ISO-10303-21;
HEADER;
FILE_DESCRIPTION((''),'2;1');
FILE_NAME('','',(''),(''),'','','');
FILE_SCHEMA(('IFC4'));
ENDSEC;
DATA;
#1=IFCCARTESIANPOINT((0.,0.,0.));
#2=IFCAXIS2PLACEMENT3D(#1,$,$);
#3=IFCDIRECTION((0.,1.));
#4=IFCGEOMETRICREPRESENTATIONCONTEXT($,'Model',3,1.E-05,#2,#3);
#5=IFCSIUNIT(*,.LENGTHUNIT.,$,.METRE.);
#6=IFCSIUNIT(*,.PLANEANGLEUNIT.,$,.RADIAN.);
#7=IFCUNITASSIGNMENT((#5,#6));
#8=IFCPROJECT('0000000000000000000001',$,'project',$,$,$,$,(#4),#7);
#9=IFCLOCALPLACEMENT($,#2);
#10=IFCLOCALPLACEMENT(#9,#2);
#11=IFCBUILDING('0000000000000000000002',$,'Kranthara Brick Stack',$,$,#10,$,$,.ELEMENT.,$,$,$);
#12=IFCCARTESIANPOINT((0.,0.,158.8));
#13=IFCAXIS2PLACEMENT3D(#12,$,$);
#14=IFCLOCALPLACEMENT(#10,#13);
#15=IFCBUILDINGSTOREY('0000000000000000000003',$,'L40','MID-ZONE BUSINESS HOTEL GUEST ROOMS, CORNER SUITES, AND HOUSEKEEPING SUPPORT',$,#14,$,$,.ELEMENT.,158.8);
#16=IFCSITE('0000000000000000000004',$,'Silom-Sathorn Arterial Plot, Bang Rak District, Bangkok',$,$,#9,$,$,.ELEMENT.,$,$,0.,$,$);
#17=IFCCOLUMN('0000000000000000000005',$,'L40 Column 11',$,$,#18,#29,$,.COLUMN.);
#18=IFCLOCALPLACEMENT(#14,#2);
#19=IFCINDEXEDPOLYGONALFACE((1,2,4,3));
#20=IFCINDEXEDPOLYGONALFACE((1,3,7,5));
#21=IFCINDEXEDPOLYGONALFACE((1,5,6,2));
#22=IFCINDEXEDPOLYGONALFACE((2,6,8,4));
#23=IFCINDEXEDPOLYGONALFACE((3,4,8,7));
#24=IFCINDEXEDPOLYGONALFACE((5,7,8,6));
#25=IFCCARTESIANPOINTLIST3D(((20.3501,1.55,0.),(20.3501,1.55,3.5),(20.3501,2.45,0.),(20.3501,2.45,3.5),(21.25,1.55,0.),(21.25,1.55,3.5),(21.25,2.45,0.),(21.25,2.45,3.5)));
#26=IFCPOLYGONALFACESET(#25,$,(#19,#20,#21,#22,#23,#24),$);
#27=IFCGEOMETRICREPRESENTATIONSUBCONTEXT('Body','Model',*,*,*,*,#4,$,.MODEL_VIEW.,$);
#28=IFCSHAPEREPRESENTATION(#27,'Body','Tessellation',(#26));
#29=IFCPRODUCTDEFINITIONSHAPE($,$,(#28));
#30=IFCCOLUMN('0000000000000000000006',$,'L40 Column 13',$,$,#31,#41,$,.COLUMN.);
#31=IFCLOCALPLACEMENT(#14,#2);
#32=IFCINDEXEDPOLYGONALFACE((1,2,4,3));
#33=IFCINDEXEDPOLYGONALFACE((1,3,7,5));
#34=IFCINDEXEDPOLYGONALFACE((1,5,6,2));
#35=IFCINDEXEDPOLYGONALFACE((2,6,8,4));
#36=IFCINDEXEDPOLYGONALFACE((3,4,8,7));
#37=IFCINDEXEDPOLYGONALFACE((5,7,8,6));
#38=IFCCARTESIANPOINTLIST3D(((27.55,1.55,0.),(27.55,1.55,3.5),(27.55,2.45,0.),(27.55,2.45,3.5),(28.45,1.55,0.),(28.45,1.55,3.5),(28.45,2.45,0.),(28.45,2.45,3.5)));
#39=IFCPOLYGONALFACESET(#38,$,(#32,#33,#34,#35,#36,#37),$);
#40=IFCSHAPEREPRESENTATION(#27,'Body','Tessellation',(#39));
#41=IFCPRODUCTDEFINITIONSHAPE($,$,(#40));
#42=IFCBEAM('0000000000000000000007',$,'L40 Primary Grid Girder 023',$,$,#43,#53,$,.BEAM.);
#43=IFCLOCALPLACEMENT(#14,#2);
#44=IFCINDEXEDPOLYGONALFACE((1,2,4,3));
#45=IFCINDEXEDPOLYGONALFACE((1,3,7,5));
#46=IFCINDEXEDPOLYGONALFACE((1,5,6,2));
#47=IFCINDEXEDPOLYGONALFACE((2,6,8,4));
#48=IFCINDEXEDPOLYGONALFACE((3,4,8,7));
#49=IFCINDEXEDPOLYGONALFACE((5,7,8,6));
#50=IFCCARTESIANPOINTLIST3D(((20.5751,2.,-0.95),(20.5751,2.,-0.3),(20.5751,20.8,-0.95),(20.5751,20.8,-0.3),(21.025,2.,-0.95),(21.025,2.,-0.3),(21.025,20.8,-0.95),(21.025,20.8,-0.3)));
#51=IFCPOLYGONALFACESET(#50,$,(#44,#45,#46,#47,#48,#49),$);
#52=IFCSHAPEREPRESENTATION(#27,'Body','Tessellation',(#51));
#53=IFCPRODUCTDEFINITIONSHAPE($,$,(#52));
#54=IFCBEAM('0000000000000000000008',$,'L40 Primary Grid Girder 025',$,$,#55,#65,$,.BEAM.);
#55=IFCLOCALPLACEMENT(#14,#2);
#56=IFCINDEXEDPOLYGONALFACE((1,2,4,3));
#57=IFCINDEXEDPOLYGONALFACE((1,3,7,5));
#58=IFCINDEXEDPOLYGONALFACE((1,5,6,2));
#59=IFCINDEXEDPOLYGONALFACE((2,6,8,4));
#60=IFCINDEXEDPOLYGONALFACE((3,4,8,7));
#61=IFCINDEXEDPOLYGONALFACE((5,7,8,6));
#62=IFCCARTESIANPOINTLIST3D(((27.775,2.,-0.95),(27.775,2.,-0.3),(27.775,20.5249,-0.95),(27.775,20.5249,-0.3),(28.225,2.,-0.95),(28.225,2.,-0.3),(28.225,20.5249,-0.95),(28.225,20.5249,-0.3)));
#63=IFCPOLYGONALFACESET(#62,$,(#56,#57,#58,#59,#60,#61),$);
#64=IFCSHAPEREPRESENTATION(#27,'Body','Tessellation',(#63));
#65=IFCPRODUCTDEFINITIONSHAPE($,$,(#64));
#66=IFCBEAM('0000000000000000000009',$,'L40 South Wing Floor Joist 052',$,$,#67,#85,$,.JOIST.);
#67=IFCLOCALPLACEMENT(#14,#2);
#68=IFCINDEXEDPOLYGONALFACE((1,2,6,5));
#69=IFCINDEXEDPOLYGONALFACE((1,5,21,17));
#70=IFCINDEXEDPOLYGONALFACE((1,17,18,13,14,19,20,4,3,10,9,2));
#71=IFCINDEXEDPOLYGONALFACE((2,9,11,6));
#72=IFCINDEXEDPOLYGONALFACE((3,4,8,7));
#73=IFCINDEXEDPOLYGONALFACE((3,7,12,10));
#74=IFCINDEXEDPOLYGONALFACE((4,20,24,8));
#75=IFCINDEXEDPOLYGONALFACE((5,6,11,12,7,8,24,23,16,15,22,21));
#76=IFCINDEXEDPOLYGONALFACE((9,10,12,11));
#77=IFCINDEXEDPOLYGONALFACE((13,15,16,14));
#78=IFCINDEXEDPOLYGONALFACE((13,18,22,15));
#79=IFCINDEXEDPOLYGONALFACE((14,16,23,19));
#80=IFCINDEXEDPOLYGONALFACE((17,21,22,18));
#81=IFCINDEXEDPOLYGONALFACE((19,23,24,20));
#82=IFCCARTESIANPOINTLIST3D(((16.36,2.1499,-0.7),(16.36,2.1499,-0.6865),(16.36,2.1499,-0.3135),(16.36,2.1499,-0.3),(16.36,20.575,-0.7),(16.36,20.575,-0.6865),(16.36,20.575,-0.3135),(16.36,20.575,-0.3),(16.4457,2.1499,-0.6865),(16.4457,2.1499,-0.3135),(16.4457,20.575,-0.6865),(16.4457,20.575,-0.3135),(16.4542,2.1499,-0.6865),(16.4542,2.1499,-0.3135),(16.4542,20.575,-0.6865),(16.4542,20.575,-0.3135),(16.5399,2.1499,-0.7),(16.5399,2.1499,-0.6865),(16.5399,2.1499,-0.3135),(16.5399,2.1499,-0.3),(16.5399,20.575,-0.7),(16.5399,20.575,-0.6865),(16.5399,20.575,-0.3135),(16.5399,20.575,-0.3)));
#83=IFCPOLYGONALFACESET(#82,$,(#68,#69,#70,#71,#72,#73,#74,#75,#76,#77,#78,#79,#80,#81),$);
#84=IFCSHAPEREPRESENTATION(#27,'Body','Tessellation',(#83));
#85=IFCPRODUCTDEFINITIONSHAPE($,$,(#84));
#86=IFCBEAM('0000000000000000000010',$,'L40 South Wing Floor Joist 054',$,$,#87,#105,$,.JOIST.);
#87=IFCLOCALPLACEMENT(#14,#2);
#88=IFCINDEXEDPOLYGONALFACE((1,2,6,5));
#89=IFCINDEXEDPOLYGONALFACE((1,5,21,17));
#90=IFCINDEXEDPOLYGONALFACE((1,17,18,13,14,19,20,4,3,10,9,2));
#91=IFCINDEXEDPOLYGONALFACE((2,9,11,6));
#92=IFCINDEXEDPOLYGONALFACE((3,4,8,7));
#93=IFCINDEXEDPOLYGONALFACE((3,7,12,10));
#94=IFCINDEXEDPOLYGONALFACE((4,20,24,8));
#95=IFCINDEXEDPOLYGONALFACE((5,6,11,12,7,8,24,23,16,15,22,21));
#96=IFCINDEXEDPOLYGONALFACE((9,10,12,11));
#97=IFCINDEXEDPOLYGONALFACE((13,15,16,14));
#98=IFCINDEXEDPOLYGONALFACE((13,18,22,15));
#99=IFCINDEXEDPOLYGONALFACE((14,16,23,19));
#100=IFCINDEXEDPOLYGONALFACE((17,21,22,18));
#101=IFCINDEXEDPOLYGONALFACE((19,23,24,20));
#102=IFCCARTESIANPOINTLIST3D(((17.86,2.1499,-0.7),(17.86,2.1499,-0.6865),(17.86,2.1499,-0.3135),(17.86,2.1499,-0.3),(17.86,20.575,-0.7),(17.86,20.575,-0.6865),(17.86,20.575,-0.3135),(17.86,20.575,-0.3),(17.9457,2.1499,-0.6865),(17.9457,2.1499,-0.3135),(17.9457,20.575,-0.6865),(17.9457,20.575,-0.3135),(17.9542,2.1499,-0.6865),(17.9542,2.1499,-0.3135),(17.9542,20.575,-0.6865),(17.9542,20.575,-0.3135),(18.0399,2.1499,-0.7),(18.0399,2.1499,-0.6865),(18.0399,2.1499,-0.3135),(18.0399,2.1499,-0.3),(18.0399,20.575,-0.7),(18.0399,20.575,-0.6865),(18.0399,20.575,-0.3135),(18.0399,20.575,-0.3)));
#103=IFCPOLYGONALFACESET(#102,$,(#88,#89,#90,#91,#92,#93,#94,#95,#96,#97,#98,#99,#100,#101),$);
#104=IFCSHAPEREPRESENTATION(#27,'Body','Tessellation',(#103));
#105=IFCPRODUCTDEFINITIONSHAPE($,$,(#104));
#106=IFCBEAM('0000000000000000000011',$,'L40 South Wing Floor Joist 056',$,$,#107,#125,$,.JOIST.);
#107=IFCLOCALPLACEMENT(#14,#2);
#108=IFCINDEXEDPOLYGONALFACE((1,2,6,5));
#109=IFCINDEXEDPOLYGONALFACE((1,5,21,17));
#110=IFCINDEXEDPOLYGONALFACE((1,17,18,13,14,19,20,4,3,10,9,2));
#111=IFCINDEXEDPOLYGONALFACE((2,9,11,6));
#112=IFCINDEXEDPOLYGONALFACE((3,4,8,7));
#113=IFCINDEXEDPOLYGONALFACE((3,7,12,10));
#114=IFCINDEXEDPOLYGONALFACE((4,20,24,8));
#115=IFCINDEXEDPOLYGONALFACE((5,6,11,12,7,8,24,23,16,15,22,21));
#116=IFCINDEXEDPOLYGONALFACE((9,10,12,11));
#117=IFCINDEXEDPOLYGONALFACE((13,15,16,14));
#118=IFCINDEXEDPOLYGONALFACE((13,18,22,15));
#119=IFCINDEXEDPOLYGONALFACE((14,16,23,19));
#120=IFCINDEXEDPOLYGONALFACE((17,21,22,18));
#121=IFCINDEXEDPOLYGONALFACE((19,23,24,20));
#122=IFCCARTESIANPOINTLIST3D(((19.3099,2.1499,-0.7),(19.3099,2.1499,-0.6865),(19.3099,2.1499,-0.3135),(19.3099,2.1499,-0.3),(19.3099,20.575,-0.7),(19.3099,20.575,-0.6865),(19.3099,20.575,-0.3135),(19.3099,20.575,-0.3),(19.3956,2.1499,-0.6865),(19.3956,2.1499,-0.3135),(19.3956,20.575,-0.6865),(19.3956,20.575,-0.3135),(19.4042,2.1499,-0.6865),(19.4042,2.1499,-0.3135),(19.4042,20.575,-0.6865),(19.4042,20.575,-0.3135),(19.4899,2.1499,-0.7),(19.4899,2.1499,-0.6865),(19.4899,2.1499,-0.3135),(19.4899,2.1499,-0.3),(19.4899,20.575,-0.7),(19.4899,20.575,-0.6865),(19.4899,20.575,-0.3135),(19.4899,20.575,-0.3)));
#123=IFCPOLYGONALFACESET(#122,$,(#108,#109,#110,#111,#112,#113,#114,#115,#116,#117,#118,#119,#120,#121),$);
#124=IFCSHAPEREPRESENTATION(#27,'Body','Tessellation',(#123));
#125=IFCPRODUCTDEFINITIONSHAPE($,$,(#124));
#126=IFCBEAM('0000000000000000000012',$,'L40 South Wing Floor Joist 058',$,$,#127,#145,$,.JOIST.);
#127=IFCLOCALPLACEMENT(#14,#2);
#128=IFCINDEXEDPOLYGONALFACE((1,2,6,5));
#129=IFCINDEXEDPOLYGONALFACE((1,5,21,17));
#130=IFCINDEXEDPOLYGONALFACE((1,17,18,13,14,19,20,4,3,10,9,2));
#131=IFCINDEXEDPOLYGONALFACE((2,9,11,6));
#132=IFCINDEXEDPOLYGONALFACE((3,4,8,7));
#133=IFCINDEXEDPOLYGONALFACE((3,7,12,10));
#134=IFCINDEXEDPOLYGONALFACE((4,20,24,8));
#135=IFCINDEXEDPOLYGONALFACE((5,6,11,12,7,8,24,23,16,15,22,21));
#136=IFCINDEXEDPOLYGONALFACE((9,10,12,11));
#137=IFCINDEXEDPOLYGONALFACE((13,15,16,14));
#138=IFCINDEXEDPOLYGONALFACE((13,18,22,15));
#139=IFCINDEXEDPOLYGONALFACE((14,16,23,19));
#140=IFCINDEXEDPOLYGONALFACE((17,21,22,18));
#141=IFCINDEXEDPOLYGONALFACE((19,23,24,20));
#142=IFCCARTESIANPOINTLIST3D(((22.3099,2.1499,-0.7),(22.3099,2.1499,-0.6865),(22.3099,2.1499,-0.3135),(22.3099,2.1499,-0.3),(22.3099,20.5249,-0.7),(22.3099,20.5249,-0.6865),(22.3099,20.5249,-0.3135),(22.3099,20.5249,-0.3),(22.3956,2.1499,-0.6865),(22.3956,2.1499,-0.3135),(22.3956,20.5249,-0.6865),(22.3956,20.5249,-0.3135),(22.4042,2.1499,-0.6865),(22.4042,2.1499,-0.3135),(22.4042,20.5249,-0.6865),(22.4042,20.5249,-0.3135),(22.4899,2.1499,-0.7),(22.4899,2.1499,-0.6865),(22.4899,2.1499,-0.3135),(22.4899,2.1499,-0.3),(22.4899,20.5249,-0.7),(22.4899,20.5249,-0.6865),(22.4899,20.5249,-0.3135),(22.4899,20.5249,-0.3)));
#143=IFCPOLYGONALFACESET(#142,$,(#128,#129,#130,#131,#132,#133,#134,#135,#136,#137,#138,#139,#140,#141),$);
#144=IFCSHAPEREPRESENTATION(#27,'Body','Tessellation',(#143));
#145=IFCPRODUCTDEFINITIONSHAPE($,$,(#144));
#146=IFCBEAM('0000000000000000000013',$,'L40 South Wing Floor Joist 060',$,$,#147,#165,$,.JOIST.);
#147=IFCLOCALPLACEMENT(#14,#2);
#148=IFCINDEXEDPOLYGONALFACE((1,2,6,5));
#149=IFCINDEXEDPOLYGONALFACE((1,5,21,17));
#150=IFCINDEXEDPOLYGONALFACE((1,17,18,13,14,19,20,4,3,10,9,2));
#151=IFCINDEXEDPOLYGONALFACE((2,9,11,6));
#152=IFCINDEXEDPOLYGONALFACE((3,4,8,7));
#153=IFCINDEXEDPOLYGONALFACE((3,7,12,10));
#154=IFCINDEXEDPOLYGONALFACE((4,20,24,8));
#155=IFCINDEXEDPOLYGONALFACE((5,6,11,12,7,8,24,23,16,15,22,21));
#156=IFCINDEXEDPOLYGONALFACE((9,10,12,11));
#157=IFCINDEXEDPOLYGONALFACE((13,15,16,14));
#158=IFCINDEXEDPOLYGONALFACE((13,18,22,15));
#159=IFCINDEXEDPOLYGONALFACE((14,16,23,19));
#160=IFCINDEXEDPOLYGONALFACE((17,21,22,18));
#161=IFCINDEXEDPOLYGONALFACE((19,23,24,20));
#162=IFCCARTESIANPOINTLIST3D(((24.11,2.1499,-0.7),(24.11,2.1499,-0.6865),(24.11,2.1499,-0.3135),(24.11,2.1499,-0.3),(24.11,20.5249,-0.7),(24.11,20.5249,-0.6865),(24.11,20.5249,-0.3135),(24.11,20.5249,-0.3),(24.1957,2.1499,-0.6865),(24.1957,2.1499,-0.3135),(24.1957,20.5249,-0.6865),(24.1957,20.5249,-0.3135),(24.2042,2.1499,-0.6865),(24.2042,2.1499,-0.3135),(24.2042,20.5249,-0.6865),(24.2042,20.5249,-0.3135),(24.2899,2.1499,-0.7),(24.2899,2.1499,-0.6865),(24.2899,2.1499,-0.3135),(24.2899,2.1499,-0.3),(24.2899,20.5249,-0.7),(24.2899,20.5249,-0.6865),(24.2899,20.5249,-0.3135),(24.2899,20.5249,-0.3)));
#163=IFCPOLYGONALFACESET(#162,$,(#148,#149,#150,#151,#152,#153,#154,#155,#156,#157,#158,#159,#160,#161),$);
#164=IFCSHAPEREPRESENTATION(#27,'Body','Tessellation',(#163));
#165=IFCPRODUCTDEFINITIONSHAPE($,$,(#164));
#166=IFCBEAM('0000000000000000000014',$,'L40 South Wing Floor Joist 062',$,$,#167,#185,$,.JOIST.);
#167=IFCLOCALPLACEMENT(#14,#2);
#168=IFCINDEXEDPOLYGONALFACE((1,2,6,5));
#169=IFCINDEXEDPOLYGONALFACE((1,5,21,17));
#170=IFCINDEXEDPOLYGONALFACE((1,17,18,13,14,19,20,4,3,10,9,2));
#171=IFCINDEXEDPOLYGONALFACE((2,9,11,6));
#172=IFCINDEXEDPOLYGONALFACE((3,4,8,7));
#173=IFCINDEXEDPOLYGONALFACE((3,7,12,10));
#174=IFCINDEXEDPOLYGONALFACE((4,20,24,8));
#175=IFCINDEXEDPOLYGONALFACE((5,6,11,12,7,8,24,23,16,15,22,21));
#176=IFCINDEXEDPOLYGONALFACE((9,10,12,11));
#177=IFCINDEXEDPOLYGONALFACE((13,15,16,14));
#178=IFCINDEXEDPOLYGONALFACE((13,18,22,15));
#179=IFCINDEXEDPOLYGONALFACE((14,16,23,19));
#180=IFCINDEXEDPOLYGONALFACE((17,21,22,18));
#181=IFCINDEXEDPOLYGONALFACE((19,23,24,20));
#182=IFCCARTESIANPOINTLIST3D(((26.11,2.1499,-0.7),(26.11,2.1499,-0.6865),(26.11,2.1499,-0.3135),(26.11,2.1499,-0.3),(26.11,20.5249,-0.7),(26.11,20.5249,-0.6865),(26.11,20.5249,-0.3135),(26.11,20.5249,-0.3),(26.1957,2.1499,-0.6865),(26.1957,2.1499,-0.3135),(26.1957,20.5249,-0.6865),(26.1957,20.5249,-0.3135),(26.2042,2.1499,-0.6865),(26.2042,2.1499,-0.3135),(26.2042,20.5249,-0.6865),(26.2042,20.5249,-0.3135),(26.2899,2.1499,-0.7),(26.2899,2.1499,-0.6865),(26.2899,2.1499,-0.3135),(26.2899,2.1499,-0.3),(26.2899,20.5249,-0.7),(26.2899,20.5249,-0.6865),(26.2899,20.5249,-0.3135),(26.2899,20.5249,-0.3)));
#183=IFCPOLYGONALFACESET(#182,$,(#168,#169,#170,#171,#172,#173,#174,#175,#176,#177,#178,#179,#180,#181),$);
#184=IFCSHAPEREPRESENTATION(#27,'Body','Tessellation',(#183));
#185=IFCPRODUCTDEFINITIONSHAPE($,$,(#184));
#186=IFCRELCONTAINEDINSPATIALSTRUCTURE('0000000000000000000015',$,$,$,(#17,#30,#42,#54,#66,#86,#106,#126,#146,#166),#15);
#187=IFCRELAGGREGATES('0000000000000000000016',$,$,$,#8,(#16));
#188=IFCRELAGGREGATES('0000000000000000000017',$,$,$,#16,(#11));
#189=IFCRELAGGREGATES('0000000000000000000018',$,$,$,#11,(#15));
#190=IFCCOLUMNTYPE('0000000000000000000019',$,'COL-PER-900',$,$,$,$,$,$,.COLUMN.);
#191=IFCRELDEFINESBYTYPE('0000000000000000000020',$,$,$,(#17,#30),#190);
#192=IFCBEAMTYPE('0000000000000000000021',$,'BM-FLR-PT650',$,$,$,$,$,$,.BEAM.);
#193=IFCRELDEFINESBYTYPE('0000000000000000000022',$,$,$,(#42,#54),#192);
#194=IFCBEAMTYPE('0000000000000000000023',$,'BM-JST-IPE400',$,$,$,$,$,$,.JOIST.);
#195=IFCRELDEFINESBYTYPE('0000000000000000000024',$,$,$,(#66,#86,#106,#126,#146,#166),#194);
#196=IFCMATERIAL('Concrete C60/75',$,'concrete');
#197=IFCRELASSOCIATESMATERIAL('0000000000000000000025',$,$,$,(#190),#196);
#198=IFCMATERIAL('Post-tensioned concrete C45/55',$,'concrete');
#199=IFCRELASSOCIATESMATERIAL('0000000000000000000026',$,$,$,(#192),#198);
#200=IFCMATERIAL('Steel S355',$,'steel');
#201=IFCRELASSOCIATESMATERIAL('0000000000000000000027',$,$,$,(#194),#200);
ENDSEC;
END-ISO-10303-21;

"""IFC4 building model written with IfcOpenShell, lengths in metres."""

from ifc_helpers import new_model, si_unit, direction, frame, origin, origin_2d, place, context, subcontext, project, spatial, rectangle, i_section, extrude, material, material_profile, profile_set, type_object, element, save


model = new_model("IFC4")

# Units and contexts
model_context = context("Model", 3, precision=1e-05, world=origin(), true_north=direction((0.0, 1.0)))
body_context = subcontext(model_context, "Body", "Model", "MODEL_VIEW")
ifc_project = project(units=[si_unit("LENGTHUNIT", "METRE"), si_unit("PLANEANGLEUNIT", "RADIAN")], contexts=[model_context])

# Site, building, storey
site_placement = place(None, origin())
site = spatial("IfcSite", under=ifc_project, at=site_placement, Name="Silom-Sathorn Arterial Plot, Bang Rak District, Bangkok", CompositionType="ELEMENT", RefElevation=0.0)
building_placement = place(site_placement, origin())
building = spatial("IfcBuilding", under=site, at=building_placement, Name="Kranthara Brick Stack", CompositionType="ELEMENT")
storey_placement = place(building_placement, frame((0.0, 0.0, 158.8)))
storey = spatial("IfcBuildingStorey", under=building, at=storey_placement, Name="L40", Description="MID-ZONE BUSINESS HOTEL GUEST ROOMS, CORNER SUITES, AND HOUSEKEEPING SUPPORT", CompositionType="ELEMENT", Elevation=158.8)

# Columns
ifc_material_1 = material(Name="Concrete C60/75", Category="concrete")
ifc_material_profile_1 = material_profile(ifc_material_1, rectangle(XDim=0.8999, YDim=0.8999, at=origin_2d()), Name="RC 900x900")
ifc_profile_set_1 = profile_set([ifc_material_profile_1], Name="Concrete C60/75")
column_type = type_object("IfcColumnType", Name="COL-PER-900", PredefinedType="COLUMN", material=ifc_profile_set_1)
for number, where, z_axis, x_axis, name in (
    (1, (20.8, 2.0, 0.0), (0.0, 0.0, 1.0), (1.0, 0.0, 0.0), "L40 Column 11"),
    (2, (28.0, 2.0, 0.0), (0.0, 0.0, 1.0), (1.0, 0.0, 0.0), "L40 Column 13"),
):
    element("IfcColumn", number, at=place(storey_placement, frame(where, z_axis=z_axis, x_axis=x_axis)), inside=storey, type_object=column_type, Name=name, PredefinedType="COLUMN", context=body_context, shape_type="SweptSolid", body=[
        extrude(rectangle(XDim=0.8999, YDim=0.8999, at=origin_2d()), origin(), (0.0, 0.0, 1.0), 3.5),
    ])

# Beams
ifc_material_2 = material(Name="Post-tensioned concrete C45/55", Category="concrete")
ifc_material_profile_2 = material_profile(ifc_material_2, rectangle(XDim=0.45, YDim=0.6499, at=origin_2d()), Name="PT 450x650")
ifc_profile_set_2 = profile_set([ifc_material_profile_2], Name="Post-tensioned concrete C45/55")
beam_type_1 = type_object("IfcBeamType", Name="BM-FLR-PT650", PredefinedType="BEAM", material=ifc_profile_set_2)
beam_1_placement = place(storey_placement, frame((20.8, 2.0, -0.625), z_axis=(0.0, 1.0, 0.0), x_axis=(-1.0, 0.0, 0.0)))
element("IfcBeam", 3, at=beam_1_placement, inside=storey, type_object=beam_type_1, Name="L40 Primary Grid Girder 023", PredefinedType="BEAM", context=body_context, shape_type="SweptSolid", body=[
    extrude(rectangle(XDim=0.45, YDim=0.6499, at=origin_2d()), origin(), (0.0, 0.0, 1.0), 18.8),
])
beam_2_placement = place(storey_placement, frame((28.0, 2.0, -0.625), z_axis=(0.0, 1.0, 0.0), x_axis=(-1.0, 0.0, 0.0)))
element("IfcBeam", 4, at=beam_2_placement, inside=storey, type_object=beam_type_1, Name="L40 Primary Grid Girder 025", PredefinedType="BEAM", context=body_context, shape_type="SweptSolid", body=[
    extrude(rectangle(XDim=0.45, YDim=0.6499, at=origin_2d()), origin(), (0.0, 0.0, 1.0), 18.5249),
])
ifc_material_3 = material(Name="Steel S355", Category="steel")
ifc_material_profile_3 = material_profile(ifc_material_3, i_section(OverallWidth=0.1799, OverallDepth=0.3999, WebThickness=0.0085, FlangeThickness=0.0134, at=origin_2d()), Name="IPE 400")
ifc_profile_set_3 = profile_set([ifc_material_profile_3], Name="Steel S355")
beam_type_2 = type_object("IfcBeamType", Name="BM-JST-IPE400", PredefinedType="JOIST", material=ifc_profile_set_3)
for number, where, z_axis, x_axis, name in (
    (5, (16.45, 2.1499, -0.5), (0.0, 1.0, 0.0), (-1.0, 0.0, 0.0), "L40 South Wing Floor Joist 052"),
    (6, (17.95, 2.1499, -0.5), (0.0, 1.0, 0.0), (-1.0, 0.0, 0.0), "L40 South Wing Floor Joist 054"),
    (7, (19.3999, 2.1499, -0.5), (0.0, 1.0, 0.0), (-1.0, 0.0, 0.0), "L40 South Wing Floor Joist 056"),
):
    element("IfcBeam", number, at=place(storey_placement, frame(where, z_axis=z_axis, x_axis=x_axis)), inside=storey, type_object=beam_type_2, Name=name, PredefinedType="JOIST", context=body_context, shape_type="SweptSolid", body=[
        extrude(i_section(OverallWidth=0.1799, OverallDepth=0.3999, WebThickness=0.0085, FlangeThickness=0.0134, at=origin_2d()), origin(), (0.0, 0.0, 1.0), 18.425),
    ])
for number, where, z_axis, x_axis, name in (
    (8, (22.3999, 2.1499, -0.5), (0.0, 1.0, 0.0), (-1.0, 0.0, 0.0), "L40 South Wing Floor Joist 058"),
    (9, (24.2, 2.1499, -0.5), (0.0, 1.0, 0.0), (-1.0, 0.0, 0.0), "L40 South Wing Floor Joist 060"),
    (10, (26.2, 2.1499, -0.5), (0.0, 1.0, 0.0), (-1.0, 0.0, 0.0), "L40 South Wing Floor Joist 062"),
):
    element("IfcBeam", number, at=place(storey_placement, frame(where, z_axis=z_axis, x_axis=x_axis)), inside=storey, type_object=beam_type_2, Name=name, PredefinedType="JOIST", context=body_context, shape_type="SweptSolid", body=[
        extrude(i_section(OverallWidth=0.1799, OverallDepth=0.3999, WebThickness=0.0085, FlangeThickness=0.0134, at=origin_2d()), origin(), (0.0, 0.0, 1.0), 18.375),
    ])

save(model, "model.ifc")
